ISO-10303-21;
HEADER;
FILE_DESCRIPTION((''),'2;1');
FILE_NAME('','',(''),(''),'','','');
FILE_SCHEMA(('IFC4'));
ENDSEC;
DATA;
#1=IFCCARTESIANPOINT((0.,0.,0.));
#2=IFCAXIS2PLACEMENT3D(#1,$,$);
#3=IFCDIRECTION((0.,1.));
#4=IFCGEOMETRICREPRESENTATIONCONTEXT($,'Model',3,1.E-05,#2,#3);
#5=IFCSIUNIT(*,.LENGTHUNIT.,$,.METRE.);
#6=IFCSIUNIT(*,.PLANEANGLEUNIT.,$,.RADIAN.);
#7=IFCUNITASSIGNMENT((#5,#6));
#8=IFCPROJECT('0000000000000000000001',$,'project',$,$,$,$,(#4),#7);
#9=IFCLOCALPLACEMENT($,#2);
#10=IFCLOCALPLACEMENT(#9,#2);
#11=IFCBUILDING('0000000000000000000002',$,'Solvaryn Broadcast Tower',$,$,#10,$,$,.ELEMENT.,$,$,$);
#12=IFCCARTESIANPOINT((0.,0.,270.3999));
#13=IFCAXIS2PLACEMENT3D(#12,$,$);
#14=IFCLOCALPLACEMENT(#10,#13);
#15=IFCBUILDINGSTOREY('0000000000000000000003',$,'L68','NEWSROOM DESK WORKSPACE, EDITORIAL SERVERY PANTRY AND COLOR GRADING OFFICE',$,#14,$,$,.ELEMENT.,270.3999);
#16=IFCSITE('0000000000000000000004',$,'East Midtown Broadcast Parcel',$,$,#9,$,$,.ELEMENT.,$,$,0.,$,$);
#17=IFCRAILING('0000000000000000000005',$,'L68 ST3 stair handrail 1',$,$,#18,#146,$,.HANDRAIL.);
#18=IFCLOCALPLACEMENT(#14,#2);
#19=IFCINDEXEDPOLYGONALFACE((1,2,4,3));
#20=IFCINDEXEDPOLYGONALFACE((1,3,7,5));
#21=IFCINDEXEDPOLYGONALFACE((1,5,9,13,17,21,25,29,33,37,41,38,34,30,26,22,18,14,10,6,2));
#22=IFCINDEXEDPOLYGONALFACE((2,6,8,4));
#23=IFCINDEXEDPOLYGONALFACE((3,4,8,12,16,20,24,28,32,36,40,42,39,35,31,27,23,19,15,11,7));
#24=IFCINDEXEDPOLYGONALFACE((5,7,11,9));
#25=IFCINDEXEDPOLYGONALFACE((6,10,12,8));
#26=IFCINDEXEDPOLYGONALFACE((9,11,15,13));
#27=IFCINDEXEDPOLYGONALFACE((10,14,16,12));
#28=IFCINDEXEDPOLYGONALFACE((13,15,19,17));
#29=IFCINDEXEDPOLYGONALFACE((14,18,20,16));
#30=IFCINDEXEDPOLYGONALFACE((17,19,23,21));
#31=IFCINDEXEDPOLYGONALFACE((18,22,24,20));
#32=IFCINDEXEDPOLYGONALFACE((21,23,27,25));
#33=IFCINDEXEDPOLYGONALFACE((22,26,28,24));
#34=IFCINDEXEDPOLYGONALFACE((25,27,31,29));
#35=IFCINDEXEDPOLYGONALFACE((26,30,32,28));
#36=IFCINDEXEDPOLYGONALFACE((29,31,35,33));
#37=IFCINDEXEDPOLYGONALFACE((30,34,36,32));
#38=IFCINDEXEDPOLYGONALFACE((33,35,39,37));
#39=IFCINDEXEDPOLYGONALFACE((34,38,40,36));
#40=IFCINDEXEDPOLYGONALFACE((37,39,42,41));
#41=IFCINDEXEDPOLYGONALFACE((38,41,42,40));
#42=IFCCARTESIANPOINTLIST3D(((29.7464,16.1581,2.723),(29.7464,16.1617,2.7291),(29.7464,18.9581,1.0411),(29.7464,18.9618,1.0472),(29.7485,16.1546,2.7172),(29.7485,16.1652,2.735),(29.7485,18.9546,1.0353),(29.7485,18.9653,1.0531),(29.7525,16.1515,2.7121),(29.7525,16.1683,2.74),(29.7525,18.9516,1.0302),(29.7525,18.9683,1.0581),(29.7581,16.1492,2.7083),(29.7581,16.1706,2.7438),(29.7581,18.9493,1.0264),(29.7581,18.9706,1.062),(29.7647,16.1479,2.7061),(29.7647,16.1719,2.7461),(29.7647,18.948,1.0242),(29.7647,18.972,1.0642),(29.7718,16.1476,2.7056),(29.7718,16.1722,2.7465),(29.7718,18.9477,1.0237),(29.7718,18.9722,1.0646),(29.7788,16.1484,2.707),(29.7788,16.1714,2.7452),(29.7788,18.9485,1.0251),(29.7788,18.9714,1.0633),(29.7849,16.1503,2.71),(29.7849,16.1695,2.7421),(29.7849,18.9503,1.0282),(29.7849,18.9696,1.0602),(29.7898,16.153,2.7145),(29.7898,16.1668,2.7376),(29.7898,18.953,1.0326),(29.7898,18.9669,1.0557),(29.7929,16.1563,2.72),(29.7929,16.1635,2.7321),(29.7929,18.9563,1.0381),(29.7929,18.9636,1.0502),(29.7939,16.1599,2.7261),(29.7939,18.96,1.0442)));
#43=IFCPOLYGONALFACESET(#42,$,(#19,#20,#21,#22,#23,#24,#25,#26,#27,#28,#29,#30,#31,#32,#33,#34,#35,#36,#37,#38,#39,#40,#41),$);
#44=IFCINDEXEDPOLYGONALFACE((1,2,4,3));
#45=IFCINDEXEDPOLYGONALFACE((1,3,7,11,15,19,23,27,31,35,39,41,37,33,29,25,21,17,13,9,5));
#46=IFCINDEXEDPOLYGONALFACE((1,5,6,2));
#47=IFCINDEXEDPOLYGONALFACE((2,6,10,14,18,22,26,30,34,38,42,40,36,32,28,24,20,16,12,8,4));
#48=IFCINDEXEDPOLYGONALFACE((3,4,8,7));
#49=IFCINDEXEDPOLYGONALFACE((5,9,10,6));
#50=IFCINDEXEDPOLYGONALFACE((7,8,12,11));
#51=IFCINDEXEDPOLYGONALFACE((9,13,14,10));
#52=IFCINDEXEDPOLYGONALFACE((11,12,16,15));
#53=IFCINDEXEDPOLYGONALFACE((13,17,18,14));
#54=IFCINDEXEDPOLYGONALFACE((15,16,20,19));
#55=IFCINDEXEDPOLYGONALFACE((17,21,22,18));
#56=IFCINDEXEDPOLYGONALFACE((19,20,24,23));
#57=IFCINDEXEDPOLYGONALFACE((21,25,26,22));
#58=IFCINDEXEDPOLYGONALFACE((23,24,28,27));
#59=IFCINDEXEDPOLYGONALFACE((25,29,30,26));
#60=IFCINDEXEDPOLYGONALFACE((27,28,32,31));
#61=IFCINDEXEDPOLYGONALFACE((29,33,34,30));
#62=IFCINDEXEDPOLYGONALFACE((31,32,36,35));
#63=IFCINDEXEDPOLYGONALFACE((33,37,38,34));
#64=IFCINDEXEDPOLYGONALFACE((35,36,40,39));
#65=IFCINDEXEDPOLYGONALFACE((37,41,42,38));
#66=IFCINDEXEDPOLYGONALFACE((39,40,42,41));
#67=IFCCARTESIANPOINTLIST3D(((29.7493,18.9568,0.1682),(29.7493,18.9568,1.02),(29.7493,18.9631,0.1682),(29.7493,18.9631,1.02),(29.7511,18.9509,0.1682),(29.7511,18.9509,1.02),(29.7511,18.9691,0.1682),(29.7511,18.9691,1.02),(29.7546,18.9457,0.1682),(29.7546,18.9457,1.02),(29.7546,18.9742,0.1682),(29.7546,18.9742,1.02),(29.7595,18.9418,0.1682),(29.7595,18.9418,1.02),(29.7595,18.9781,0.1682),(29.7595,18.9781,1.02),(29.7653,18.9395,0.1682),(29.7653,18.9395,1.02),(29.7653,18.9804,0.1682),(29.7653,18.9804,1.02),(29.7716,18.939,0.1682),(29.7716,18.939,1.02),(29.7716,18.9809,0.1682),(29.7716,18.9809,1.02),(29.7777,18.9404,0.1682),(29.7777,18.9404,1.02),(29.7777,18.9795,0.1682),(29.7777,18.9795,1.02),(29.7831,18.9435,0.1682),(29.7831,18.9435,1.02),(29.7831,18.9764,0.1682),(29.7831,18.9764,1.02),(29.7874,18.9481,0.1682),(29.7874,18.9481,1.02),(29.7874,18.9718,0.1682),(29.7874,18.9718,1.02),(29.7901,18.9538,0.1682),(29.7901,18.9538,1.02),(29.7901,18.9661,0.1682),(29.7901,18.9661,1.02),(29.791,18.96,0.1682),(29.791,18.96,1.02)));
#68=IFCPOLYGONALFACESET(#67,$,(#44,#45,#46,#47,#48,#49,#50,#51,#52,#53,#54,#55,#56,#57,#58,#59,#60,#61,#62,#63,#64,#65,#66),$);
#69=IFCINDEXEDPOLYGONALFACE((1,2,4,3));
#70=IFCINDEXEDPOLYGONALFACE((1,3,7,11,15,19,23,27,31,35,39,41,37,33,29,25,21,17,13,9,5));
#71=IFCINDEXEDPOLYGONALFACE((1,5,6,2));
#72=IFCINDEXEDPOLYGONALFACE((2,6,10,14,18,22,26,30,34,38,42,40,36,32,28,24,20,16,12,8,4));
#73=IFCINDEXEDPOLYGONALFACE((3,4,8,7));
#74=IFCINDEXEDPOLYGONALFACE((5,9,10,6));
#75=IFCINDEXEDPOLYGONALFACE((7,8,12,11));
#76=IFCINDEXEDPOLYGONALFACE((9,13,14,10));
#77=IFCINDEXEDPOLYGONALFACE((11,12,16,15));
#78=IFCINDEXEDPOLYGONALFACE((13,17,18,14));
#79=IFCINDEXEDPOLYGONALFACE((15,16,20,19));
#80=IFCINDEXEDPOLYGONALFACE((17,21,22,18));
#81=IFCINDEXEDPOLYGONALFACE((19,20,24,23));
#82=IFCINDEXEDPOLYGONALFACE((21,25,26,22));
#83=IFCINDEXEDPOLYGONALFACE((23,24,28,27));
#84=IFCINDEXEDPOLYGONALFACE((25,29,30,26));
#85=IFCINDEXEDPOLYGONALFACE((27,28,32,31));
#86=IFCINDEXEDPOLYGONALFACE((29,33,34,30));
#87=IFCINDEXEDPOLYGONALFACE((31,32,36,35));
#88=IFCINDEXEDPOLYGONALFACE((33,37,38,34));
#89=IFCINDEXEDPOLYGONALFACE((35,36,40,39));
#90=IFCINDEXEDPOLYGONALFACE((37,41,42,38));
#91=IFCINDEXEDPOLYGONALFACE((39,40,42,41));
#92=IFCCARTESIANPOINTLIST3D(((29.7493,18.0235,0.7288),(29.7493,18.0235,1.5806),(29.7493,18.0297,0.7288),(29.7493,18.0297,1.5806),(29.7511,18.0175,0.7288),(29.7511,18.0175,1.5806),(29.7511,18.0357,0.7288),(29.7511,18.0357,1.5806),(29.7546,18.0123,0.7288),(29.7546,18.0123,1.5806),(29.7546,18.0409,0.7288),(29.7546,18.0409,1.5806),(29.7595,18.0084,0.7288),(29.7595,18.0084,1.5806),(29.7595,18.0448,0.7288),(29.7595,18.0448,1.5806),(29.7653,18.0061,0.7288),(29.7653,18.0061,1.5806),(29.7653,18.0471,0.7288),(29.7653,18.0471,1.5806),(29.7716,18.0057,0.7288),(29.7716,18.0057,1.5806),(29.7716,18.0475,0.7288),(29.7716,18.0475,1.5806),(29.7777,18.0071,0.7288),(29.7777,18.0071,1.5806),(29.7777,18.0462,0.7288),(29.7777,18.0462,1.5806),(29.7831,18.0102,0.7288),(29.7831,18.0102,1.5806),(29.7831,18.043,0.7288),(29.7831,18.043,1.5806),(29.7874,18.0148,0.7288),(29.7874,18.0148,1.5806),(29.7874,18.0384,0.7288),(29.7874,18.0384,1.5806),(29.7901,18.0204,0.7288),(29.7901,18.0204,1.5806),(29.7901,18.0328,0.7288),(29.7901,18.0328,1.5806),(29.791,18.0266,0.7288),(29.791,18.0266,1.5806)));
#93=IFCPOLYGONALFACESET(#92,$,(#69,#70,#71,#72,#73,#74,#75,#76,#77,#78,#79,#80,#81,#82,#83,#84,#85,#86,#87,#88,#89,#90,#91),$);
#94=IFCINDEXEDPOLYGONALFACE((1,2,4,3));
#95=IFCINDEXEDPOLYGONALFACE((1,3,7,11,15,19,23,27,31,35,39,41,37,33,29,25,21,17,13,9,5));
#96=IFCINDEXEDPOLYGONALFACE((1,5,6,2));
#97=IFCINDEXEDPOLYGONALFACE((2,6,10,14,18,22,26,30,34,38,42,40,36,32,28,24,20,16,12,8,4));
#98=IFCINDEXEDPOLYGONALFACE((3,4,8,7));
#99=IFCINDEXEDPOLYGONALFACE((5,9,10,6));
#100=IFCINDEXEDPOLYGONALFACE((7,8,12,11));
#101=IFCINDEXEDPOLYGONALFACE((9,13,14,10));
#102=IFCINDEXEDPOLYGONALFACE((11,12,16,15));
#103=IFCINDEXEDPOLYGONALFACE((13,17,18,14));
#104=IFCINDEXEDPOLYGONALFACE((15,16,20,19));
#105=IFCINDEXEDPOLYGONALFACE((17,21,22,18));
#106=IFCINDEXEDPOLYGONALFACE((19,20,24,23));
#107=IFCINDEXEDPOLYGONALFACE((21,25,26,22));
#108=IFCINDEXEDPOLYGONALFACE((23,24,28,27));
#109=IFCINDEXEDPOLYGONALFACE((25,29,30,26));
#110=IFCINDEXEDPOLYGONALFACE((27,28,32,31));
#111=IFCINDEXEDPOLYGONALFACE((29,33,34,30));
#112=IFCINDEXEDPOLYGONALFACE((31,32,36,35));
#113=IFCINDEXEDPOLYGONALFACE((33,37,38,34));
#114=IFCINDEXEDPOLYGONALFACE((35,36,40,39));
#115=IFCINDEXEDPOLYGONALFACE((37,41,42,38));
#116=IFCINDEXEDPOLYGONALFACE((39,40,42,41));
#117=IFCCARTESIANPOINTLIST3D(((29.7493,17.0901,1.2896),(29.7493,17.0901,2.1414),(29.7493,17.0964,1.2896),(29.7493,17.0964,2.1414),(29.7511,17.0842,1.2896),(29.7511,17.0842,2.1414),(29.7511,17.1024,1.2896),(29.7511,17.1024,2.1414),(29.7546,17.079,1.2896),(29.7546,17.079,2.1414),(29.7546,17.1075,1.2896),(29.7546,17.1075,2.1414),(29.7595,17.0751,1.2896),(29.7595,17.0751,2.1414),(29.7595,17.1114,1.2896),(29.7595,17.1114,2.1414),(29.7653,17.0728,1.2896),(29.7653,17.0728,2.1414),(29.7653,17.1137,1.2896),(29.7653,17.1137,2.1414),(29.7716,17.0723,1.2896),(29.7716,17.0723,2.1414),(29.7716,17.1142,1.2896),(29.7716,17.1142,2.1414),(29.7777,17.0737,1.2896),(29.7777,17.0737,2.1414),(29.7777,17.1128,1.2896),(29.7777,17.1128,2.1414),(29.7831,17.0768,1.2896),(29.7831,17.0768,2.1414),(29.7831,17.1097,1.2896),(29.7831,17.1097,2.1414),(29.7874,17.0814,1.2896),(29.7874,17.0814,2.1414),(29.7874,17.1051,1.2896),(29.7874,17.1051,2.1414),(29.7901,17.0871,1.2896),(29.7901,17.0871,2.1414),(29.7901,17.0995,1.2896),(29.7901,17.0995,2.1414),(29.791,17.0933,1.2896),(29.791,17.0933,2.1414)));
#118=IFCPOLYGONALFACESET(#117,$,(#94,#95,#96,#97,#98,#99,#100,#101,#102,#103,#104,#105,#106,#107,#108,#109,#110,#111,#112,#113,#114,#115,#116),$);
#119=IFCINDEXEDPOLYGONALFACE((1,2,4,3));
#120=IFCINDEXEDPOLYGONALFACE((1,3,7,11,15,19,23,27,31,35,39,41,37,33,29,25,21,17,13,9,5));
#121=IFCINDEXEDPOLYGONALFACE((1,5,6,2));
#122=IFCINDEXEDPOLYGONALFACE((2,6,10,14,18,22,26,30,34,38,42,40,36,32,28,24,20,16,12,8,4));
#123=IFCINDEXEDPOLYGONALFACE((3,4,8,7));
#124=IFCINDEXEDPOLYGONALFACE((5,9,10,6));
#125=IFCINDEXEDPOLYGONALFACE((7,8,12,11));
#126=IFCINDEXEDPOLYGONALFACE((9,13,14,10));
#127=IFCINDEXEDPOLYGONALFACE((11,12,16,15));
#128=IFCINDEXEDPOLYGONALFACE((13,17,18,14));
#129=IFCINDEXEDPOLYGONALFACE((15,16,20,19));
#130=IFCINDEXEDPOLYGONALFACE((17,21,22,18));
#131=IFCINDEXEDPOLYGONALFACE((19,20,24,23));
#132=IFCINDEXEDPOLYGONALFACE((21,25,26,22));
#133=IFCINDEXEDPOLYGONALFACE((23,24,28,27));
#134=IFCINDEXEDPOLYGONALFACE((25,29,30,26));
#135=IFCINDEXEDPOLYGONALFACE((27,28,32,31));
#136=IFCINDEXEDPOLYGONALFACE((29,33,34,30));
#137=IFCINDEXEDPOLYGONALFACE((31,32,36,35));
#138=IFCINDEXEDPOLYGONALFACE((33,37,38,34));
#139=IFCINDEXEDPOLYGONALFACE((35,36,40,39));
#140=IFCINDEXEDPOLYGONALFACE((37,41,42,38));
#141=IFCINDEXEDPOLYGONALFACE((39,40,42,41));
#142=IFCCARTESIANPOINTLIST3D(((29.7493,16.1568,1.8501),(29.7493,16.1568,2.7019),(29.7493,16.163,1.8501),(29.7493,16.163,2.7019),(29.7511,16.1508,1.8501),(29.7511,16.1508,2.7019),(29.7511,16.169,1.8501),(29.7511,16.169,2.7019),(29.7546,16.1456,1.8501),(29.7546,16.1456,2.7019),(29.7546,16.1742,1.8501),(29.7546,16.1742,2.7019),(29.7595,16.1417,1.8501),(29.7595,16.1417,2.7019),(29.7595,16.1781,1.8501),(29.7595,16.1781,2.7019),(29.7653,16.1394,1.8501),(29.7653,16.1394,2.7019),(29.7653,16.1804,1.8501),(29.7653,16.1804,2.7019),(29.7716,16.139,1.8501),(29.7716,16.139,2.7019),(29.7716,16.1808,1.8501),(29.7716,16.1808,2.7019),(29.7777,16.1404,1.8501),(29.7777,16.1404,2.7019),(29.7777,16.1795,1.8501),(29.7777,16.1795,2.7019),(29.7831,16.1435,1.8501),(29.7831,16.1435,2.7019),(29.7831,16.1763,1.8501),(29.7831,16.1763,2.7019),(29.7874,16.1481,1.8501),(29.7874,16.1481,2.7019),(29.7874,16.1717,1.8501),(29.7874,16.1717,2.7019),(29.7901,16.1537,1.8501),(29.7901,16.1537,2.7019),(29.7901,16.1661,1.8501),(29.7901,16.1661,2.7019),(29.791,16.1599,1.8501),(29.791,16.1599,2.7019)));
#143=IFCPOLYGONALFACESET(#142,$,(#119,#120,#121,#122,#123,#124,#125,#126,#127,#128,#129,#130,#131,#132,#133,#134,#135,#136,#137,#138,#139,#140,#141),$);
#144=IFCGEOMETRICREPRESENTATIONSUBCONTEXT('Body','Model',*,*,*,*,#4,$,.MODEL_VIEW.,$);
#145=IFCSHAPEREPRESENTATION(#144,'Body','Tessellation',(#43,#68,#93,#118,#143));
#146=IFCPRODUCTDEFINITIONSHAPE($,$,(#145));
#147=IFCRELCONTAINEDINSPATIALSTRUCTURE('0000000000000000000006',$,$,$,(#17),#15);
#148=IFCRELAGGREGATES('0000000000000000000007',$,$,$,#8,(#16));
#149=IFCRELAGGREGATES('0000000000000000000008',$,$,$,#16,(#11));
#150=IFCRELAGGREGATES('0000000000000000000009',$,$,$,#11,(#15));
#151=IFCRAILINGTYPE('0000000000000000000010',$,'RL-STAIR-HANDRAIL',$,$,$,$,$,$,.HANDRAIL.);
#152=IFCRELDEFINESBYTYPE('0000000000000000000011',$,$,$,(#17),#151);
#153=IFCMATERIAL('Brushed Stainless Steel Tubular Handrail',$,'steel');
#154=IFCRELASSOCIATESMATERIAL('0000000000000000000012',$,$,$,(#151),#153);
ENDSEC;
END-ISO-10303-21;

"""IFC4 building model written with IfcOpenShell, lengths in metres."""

from ifc_helpers import new_model, si_unit, direction, frame, origin, origin_2d, place, context, subcontext, project, spatial, circle, extrude, material, type_object, element, save


model = new_model("IFC4")

# Units and contexts
model_context = context("Model", 3, precision=1e-05, world=origin(), true_north=direction((0.0, 1.0)))
body_context = subcontext(model_context, "Body", "Model", "MODEL_VIEW")
ifc_project = project(units=[si_unit("LENGTHUNIT", "METRE"), si_unit("PLANEANGLEUNIT", "RADIAN")], contexts=[model_context])

# Site, building, storey
site_placement = place(None, origin())
site = spatial("IfcSite", under=ifc_project, at=site_placement, Name="East Midtown Broadcast Parcel", CompositionType="ELEMENT", RefElevation=0.0)
building_placement = place(site_placement, origin())
building = spatial("IfcBuilding", under=site, at=building_placement, Name="Solvaryn Broadcast Tower", CompositionType="ELEMENT")
storey_placement = place(building_placement, frame((0.0, 0.0, 270.3999)))
storey = spatial("IfcBuildingStorey", under=building, at=storey_placement, Name="L68", Description="NEWSROOM DESK WORKSPACE, EDITORIAL SERVERY PANTRY AND COLOR GRADING OFFICE", CompositionType="ELEMENT", Elevation=270.3999)

# Railing
ifc_material_1 = material(Name="Brushed Stainless Steel Tubular Handrail", Category="steel")
railing_type_1 = type_object("IfcRailingType", Name="RL-STAIR-HANDRAIL", PredefinedType="HANDRAIL", material=ifc_material_1)
railing_1_placement = place(storey_placement, frame((29.77, 18.96, 0.1682)))
element("IfcRailing", 1, at=railing_1_placement, inside=storey, type_object=railing_type_1, Name="L68 ST3 stair handrail 1", PredefinedType="HANDRAIL", context=body_context, shape_type="SweptSolid", body=[
    extrude(circle(Radius=0.0239, at=origin_2d()), frame((0.0, 0.0, 0.876), z_axis=(0.0, -0.857242, 0.514913), x_axis=(1.0, 0.0, 0.0)), (0.0, 0.0, 1.0), 3.2664),
    extrude(circle(Radius=0.021, at=origin_2d()), origin(), (0.0, 0.0, 1.0), 0.8518),
    extrude(circle(Radius=0.021, at=origin_2d()), frame((0.0, -0.9333, 0.5605)), (0.0, 0.0, 1.0), 0.8518),
    extrude(circle(Radius=0.021, at=origin_2d()), frame((0.0, -1.8667, 1.1213)), (0.0, 0.0, 1.0), 0.8518),
    extrude(circle(Radius=0.021, at=origin_2d()), frame((0.0, -2.8, 1.6819)), (0.0, 0.0, 1.0), 0.8518),
])

save(model, "model.ifc")
